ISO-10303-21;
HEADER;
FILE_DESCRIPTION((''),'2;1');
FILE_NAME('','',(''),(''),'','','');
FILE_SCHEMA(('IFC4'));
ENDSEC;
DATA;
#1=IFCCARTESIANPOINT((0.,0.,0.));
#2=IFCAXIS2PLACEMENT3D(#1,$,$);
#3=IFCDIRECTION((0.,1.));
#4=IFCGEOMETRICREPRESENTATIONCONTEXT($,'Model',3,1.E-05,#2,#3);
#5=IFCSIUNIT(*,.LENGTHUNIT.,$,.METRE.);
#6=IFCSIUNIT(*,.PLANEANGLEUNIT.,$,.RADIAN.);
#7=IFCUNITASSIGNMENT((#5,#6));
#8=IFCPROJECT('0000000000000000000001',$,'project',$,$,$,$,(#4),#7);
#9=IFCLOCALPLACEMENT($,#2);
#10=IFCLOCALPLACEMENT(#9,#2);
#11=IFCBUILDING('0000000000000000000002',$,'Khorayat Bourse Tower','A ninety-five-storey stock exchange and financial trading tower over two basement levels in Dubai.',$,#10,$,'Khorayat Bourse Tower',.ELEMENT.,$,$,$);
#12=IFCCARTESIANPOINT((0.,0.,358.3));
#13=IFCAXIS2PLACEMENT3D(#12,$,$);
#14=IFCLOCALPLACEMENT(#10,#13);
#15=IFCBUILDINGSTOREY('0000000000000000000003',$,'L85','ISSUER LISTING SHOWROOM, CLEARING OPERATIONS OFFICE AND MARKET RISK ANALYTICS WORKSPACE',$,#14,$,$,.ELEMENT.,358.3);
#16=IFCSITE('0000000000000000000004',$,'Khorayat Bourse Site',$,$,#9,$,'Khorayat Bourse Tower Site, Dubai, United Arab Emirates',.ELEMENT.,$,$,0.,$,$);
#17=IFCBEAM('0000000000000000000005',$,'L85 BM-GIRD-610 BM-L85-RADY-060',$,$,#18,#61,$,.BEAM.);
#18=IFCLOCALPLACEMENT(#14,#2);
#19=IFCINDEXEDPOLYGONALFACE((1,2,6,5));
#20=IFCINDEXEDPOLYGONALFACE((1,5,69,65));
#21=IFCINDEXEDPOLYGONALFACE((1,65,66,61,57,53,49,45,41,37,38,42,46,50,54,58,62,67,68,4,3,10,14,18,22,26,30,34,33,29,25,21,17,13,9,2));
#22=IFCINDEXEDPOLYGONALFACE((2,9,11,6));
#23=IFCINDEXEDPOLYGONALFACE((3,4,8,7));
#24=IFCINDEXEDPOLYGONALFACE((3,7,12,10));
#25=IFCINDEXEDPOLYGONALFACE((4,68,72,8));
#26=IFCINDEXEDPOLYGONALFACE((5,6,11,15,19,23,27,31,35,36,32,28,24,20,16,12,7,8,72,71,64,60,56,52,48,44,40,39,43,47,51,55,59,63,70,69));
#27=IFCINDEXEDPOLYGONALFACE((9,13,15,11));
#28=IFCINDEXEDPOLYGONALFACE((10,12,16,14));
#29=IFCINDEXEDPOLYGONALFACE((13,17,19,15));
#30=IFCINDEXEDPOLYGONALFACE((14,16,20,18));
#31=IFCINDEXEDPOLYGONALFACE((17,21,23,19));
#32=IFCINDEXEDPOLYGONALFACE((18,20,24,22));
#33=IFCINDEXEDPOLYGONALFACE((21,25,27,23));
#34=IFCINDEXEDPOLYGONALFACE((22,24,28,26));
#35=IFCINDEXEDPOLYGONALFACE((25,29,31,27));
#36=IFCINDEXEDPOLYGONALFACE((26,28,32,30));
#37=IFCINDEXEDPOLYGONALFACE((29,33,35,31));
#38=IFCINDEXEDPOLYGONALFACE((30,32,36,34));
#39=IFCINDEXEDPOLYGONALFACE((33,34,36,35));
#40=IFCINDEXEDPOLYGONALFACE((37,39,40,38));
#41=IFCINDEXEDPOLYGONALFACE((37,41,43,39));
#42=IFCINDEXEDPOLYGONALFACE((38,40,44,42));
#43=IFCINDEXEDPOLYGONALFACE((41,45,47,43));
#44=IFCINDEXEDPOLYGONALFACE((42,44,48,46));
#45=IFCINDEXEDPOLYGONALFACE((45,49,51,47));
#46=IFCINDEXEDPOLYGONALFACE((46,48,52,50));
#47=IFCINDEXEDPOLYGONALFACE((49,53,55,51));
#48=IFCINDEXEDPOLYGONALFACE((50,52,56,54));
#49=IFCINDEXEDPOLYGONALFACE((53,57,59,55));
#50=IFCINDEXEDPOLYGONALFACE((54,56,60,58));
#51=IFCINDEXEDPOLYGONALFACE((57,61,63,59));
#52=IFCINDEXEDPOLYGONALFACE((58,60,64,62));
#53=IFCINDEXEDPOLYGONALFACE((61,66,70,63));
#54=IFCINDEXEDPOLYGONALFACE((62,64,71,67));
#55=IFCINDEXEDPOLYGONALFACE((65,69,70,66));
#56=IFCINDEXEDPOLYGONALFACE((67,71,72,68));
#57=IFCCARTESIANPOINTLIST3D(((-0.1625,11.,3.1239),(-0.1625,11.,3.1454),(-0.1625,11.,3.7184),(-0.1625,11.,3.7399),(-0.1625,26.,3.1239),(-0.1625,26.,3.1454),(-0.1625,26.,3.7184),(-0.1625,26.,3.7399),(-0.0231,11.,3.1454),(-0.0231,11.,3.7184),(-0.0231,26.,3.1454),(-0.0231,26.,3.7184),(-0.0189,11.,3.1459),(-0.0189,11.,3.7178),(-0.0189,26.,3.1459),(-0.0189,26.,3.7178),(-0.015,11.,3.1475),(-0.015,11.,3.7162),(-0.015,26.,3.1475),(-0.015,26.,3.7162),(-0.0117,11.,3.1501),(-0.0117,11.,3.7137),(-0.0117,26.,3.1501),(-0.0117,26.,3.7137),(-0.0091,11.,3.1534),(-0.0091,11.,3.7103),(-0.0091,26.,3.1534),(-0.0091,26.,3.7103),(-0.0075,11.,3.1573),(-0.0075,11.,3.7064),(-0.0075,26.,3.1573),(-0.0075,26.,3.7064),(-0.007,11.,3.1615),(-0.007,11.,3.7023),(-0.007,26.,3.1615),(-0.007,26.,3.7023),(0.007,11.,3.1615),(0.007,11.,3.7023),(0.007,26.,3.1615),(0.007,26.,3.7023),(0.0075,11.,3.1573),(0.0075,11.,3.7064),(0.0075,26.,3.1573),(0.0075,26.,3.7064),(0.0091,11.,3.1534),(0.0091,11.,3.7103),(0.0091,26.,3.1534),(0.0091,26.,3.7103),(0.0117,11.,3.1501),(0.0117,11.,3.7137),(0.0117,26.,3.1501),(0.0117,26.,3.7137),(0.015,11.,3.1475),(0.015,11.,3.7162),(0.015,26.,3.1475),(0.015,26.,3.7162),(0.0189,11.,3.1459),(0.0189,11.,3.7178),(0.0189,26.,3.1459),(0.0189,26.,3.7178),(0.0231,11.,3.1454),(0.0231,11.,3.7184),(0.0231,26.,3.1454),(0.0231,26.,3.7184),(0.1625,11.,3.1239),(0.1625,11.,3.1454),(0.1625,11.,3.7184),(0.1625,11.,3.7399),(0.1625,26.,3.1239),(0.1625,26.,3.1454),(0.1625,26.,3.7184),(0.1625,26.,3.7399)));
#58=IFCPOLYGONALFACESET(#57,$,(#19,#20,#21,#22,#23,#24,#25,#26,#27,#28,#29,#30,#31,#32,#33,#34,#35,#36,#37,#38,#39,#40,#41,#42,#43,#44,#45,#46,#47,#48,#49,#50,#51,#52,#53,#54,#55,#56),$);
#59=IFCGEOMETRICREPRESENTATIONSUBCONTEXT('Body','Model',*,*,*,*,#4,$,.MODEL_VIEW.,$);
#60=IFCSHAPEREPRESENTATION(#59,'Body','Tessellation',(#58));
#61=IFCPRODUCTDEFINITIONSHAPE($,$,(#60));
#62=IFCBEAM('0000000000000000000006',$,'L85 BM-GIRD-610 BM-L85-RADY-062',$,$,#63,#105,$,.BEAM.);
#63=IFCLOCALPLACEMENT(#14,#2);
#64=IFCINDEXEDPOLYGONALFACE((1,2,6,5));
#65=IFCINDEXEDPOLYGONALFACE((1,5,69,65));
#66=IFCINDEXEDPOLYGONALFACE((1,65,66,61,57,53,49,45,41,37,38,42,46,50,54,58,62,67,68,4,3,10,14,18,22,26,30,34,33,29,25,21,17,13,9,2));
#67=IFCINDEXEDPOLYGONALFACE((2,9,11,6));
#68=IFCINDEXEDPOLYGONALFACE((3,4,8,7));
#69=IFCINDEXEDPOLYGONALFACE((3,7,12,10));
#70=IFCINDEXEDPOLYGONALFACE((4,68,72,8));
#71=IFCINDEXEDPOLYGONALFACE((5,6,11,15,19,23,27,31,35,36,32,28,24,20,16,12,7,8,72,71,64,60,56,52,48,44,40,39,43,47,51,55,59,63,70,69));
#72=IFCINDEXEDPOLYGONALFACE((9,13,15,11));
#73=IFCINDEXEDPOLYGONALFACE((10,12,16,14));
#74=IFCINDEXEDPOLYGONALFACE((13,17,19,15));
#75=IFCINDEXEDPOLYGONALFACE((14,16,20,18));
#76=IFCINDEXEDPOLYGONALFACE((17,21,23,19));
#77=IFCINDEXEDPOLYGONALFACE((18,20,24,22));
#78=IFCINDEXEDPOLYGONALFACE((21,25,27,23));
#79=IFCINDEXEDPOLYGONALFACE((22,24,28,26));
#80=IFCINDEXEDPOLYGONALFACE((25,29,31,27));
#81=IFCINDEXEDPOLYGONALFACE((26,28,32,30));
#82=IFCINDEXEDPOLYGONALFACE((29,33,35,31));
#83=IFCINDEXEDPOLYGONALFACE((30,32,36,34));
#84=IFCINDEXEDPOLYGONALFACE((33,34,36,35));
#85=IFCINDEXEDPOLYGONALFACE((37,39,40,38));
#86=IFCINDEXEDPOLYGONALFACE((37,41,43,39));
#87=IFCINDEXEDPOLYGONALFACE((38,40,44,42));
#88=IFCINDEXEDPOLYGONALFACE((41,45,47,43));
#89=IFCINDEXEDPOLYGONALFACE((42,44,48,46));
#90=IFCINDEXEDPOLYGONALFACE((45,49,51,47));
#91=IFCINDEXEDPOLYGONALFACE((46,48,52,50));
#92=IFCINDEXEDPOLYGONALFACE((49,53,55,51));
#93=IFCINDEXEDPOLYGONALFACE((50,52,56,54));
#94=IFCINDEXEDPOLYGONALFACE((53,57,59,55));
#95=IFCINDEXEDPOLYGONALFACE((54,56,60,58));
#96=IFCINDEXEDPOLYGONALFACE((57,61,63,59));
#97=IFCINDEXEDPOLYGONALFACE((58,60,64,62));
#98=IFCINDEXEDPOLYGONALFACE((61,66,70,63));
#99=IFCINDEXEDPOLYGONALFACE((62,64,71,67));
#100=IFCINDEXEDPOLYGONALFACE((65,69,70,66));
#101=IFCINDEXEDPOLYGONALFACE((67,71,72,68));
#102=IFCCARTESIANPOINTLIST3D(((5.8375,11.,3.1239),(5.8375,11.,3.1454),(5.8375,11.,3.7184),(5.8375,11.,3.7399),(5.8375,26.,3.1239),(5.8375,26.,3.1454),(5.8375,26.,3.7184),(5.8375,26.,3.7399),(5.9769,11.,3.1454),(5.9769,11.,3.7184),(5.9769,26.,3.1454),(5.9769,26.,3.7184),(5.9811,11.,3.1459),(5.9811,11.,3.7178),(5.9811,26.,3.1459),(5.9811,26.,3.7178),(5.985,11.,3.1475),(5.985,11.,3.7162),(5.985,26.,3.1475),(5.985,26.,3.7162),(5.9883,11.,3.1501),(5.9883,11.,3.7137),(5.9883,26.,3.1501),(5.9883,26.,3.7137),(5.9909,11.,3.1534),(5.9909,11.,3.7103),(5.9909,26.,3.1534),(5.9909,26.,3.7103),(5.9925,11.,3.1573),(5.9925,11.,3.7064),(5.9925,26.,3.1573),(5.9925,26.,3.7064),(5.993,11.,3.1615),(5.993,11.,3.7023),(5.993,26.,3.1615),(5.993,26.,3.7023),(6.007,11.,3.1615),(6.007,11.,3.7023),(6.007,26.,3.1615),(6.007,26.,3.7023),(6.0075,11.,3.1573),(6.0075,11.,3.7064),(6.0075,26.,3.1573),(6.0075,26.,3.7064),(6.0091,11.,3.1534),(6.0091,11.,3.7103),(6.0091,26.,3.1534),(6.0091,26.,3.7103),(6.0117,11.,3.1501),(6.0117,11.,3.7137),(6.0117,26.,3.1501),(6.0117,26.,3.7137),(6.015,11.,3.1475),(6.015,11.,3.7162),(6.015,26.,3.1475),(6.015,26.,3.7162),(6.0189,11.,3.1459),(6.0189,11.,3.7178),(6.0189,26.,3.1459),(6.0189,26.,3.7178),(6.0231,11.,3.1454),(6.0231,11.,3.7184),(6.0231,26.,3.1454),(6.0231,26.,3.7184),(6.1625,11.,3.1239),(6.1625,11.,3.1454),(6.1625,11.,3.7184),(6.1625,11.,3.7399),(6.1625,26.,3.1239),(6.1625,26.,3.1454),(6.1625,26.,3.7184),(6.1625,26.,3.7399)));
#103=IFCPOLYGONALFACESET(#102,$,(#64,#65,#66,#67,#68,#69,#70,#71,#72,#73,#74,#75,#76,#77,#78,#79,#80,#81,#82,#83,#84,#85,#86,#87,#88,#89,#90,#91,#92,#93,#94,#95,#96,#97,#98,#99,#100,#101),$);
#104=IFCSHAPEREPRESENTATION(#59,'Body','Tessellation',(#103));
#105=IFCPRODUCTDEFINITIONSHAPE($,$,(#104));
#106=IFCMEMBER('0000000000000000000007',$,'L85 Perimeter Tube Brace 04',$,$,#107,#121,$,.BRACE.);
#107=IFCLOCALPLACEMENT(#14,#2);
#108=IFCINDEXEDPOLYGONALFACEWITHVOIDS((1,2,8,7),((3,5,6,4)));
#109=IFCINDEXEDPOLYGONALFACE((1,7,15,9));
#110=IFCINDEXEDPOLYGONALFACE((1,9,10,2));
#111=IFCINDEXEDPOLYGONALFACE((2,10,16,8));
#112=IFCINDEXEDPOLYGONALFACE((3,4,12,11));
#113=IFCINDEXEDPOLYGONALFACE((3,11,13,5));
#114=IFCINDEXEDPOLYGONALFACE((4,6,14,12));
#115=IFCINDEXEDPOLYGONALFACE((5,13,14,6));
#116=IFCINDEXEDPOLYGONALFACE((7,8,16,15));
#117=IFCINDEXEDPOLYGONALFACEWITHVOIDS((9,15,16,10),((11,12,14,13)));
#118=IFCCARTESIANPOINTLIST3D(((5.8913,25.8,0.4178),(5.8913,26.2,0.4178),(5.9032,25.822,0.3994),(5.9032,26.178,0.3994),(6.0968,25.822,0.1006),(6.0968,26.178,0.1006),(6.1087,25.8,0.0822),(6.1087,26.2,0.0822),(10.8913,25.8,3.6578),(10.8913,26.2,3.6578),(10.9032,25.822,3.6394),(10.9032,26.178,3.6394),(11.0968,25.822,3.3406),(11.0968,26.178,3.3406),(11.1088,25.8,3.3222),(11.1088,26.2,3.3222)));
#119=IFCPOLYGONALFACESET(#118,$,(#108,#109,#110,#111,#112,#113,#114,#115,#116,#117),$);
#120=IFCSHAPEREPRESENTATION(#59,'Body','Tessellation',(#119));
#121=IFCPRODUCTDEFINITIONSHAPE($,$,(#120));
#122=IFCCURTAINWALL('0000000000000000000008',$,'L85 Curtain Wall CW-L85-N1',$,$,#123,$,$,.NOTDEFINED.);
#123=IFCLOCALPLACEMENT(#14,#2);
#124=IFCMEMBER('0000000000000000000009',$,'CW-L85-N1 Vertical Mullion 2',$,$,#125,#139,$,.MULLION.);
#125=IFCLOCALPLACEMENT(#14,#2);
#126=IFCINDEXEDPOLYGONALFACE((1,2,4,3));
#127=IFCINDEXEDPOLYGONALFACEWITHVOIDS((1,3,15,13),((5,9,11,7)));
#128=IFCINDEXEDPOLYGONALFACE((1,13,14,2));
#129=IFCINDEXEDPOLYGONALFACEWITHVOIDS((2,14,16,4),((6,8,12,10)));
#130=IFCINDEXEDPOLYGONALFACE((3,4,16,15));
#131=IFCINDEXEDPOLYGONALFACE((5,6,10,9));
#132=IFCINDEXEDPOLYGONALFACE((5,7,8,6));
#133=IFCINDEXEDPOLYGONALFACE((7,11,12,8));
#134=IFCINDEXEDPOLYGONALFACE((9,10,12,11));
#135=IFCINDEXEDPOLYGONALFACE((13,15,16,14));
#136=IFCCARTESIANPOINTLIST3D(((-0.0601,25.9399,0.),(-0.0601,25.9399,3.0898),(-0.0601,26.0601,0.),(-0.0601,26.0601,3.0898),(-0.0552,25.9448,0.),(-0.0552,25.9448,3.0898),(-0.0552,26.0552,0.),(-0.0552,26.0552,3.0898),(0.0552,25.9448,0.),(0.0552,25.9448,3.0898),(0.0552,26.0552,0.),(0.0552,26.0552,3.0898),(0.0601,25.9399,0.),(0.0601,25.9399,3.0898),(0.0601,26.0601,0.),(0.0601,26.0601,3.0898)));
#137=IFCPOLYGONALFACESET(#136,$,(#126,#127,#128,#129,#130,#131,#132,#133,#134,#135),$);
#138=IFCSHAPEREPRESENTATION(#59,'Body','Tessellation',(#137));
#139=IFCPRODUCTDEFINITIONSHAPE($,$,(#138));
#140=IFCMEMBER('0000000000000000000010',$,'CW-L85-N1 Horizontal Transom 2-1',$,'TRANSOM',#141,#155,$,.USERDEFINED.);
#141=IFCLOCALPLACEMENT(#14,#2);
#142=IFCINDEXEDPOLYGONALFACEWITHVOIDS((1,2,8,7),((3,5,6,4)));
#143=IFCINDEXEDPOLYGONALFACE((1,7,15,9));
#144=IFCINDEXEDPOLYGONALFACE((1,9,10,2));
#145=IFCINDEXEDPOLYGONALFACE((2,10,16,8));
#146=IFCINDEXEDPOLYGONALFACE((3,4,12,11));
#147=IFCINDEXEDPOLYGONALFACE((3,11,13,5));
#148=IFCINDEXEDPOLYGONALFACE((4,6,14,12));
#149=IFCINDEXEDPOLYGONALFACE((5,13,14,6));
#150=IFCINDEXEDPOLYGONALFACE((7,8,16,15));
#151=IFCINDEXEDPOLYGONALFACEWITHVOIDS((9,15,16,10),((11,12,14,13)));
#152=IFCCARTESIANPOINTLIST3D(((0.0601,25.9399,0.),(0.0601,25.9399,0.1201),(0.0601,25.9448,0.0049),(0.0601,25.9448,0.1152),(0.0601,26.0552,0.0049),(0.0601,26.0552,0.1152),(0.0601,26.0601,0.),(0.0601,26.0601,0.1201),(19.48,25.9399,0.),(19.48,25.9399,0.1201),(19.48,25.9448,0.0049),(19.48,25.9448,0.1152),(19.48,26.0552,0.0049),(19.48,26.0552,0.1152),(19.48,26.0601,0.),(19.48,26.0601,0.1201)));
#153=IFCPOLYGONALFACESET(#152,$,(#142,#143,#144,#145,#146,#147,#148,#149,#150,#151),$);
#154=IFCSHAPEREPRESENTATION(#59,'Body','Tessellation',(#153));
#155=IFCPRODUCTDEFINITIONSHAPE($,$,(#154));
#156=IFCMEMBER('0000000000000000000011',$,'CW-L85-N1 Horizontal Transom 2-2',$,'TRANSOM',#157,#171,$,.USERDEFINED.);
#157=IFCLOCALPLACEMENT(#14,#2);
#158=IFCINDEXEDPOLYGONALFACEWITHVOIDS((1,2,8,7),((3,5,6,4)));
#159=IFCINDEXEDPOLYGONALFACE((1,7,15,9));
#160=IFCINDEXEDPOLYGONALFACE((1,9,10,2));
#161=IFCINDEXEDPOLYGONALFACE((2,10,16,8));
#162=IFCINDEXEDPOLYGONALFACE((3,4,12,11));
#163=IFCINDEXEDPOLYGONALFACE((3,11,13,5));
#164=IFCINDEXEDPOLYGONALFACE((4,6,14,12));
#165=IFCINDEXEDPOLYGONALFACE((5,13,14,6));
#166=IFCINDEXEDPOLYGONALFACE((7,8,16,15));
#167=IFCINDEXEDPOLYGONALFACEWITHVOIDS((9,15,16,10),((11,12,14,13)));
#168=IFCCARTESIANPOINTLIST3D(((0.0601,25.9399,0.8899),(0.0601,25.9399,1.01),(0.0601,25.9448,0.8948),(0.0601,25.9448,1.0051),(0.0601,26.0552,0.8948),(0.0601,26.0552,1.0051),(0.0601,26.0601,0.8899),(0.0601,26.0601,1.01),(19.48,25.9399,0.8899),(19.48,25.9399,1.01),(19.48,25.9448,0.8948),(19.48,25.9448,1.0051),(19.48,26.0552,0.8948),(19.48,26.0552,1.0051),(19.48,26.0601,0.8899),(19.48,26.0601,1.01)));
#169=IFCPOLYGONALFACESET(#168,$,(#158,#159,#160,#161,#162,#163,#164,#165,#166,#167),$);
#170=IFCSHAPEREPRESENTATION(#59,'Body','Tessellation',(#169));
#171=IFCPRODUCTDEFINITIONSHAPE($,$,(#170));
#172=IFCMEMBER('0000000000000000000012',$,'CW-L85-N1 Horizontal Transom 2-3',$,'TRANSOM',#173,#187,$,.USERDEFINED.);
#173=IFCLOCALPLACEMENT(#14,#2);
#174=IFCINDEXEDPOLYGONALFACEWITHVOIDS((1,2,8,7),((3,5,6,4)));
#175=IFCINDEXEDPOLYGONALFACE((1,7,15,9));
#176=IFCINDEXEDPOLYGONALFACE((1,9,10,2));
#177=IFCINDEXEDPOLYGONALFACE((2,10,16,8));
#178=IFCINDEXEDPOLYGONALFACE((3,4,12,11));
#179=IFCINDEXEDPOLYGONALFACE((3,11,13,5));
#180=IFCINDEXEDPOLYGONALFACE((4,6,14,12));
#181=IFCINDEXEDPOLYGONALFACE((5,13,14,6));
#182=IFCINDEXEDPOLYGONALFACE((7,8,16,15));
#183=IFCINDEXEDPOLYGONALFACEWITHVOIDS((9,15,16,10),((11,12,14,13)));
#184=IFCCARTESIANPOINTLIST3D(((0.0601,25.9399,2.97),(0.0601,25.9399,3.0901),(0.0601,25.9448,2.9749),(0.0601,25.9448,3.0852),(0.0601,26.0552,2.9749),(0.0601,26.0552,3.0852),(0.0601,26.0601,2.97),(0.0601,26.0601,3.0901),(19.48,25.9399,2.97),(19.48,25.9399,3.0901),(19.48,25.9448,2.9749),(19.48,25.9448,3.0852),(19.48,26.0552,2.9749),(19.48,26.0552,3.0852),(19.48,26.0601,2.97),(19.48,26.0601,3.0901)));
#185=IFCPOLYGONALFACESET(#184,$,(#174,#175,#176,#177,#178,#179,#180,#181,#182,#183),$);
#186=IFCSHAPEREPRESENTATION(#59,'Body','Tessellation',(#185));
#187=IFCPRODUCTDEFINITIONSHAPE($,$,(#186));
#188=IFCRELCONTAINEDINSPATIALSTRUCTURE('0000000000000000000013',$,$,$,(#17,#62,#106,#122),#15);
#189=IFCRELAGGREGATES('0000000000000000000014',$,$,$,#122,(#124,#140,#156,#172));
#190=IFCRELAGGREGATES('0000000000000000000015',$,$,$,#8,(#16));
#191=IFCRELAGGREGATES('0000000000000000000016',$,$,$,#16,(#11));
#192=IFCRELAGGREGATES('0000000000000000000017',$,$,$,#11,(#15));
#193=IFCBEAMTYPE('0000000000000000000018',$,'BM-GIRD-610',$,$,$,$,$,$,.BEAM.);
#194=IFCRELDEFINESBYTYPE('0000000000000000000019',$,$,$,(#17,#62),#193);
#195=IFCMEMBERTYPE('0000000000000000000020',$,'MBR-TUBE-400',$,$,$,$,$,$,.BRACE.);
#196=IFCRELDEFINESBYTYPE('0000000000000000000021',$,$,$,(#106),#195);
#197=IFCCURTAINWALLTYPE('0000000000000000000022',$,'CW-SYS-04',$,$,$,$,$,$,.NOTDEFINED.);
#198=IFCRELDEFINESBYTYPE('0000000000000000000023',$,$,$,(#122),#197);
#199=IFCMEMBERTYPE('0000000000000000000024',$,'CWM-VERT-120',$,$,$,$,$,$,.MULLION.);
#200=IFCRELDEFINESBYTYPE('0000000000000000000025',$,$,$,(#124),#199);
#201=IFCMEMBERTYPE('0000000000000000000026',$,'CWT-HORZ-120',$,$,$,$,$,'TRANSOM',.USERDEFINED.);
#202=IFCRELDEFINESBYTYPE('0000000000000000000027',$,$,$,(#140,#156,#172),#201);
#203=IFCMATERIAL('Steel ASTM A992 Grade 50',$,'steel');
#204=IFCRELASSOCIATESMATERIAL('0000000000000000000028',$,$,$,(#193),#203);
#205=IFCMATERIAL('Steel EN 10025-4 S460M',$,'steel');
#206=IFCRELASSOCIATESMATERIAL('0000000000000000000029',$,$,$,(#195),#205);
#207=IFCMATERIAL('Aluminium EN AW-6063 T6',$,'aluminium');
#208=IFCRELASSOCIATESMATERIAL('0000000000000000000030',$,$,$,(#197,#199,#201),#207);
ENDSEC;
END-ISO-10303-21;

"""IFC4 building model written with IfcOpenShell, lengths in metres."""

from ifc_helpers import new_model, si_unit, direction, frame, origin, origin_2d, place, context, subcontext, project, spatial, hollow_rectangle, i_section, extrude, source, transform, mapped, material, material_profile, profile_set, type_object, element, aggregate, save


model = new_model("IFC4")

# Units and contexts
model_context = context("Model", 3, precision=1e-05, world=origin(), true_north=direction((0.0, 1.0)))
body_context = subcontext(model_context, "Body", "Model", "MODEL_VIEW")
ifc_project = project(units=[si_unit("LENGTHUNIT", "METRE"), si_unit("PLANEANGLEUNIT", "RADIAN")], contexts=[model_context])

# Site, building, storey
site_placement = place(None, origin())
site = spatial("IfcSite", under=ifc_project, at=site_placement, Name="Khorayat Bourse Site", LongName="Khorayat Bourse Tower Site, Dubai, United Arab Emirates", CompositionType="ELEMENT", RefElevation=0.0)
building_placement = place(site_placement, origin())
building = spatial("IfcBuilding", under=site, at=building_placement, Name="Khorayat Bourse Tower", Description="A ninety-five-storey stock exchange and financial trading tower over two basement levels in Dubai.", LongName="Khorayat Bourse Tower", CompositionType="ELEMENT")
storey_placement = place(building_placement, frame((0.0, 0.0, 358.3)))
storey = spatial("IfcBuildingStorey", under=building, at=storey_placement, Name="L85", Description="ISSUER LISTING SHOWROOM, CLEARING OPERATIONS OFFICE AND MARKET RISK ANALYTICS WORKSPACE", CompositionType="ELEMENT", Elevation=358.3)

# Beams
ifc_material_1 = material(Name="Steel ASTM A992 Grade 50", Category="steel")
ifc_material_profile_1 = material_profile(ifc_material_1, i_section(OverallWidth=0.325, OverallDepth=0.616, WebThickness=0.0139, FlangeThickness=0.0215, FilletRadius=0.0161, at=origin_2d()), Name="W610X174")
ifc_profile_set_1 = profile_set([ifc_material_profile_1], Name="Steel ASTM A992 Grade 50")
beam_type_1 = type_object("IfcBeamType", Name="BM-GIRD-610", PredefinedType="BEAM", material=ifc_profile_set_1)
shared_shape_1 = source(origin(), body_context, "Body", "SweptSolid", [
    extrude(i_section(OverallWidth=0.325, OverallDepth=0.616, WebThickness=0.0139, FlangeThickness=0.0215, FilletRadius=0.0161, at=origin_2d()), origin(), (0.0, 0.0, 1.0), 15.0),
])
for number, where, z_axis, x_axis, name in (
    (1, (0.0, 11.0, 3.4319), (0.0, 1.0, 0.0), (-1.0, 0.0, 0.0), "L85 BM-GIRD-610 BM-L85-RADY-060"),
    (2, (6.0, 11.0, 3.4319), (0.0, 1.0, 0.0), (-1.0, 0.0, 0.0), "L85 BM-GIRD-610 BM-L85-RADY-062"),
):
    element("IfcBeam", number, at=place(storey_placement, frame(where, z_axis=z_axis, x_axis=x_axis)), inside=storey, type_object=beam_type_1, Name=name, PredefinedType="BEAM", context=body_context, shape_type="MappedRepresentation", body=[
        mapped(shared_shape_1, transform((0.0, 0.0, 0.0), scale=1.0)),
    ])

# Member
ifc_material_2 = material(Name="Steel EN 10025-4 S460M", Category="steel")
ifc_material_profile_2 = material_profile(ifc_material_2, hollow_rectangle(XDim=0.3999, YDim=0.3999, WallThickness=0.022, at=origin_2d()), Name="HSS 400x400x22")
ifc_profile_set_2 = profile_set([ifc_material_profile_2], Name="Steel EN 10025-4 S460M")
member_type_1 = type_object("IfcMemberType", Name="MBR-TUBE-400", PredefinedType="BRACE", material=ifc_profile_set_2)
shared_shape_2 = source(origin(), body_context, "Body", "SweptSolid", [
    extrude(hollow_rectangle(XDim=0.3999, YDim=0.3999, WallThickness=0.022, at=origin_2d()), origin(), (0.0, 0.0, 1.0), 5.958),
])
member_1_placement = place(storey_placement, frame((6.0, 26.0, 0.25), z_axis=(0.83921, 0.0, 0.543807), x_axis=(0.0, 1.0, 0.0)))
element("IfcMember", 3, at=member_1_placement, inside=storey, type_object=member_type_1, Name="L85 Perimeter Tube Brace 04", PredefinedType="BRACE", context=body_context, shape_type="MappedRepresentation", body=[
    mapped(shared_shape_2, transform((0.0, 0.0, 0.0), scale=1.0)),
])

# Curtain wall, members
ifc_material_3 = material(Name="Aluminium EN AW-6063 T6", Category="aluminium")
curtain_wall_type = type_object("IfcCurtainWallType", Name="CW-SYS-04", PredefinedType="NOTDEFINED", material=ifc_material_3)
curtain_wall_placement = place(storey_placement, origin())
curtain_wall = element("IfcCurtainWall", 4, at=curtain_wall_placement, inside=storey, type_object=curtain_wall_type, Name="L85 Curtain Wall CW-L85-N1", PredefinedType="NOTDEFINED")
ifc_material_profile_3 = material_profile(ifc_material_3, hollow_rectangle(XDim=0.1201, YDim=0.1201, WallThickness=0.0049, at=origin_2d()), Name="ALU 120x120x5")
ifc_profile_set_3 = profile_set([ifc_material_profile_3], Name="Aluminium EN AW-6063 T6")
member_type_2 = type_object("IfcMemberType", Name="CWM-VERT-120", PredefinedType="MULLION", material=ifc_profile_set_3)
shared_shape_3 = source(origin(), body_context, "Body", "SweptSolid", [
    extrude(hollow_rectangle(XDim=0.1201, YDim=0.1201, WallThickness=0.0049, at=origin_2d()), origin(), (0.0, 0.0, 1.0), 3.0898),
])
member_2_placement = place(storey_placement, frame((0.0, 26.0, 0.0), z_axis=(0.0, 0.0, 1.0), x_axis=(0.0, 1.0, 0.0)))
member_2 = element("IfcMember", 5, at=member_2_placement, type_object=member_type_2, Name="CW-L85-N1 Vertical Mullion 2", PredefinedType="MULLION", context=body_context, shape_type="MappedRepresentation", body=[
    mapped(shared_shape_3, transform((0.0, 0.0, 0.0), scale=1.0)),
])
ifc_material_profile_4 = material_profile(ifc_material_3, hollow_rectangle(XDim=0.1201, YDim=0.1201, WallThickness=0.0049, at=origin_2d()), Name="ALU 120x120x5")
ifc_profile_set_4 = profile_set([ifc_material_profile_4], Name="Aluminium EN AW-6063 T6")
member_type_3 = type_object("IfcMemberType", Name="CWT-HORZ-120", ElementType="TRANSOM", PredefinedType="USERDEFINED", material=ifc_profile_set_4)
shared_shape_4 = source(origin(), body_context, "Body", "SweptSolid", [
    extrude(hollow_rectangle(XDim=0.1201, YDim=0.1201, WallThickness=0.0049, at=origin_2d()), origin(), (0.0, 0.0, 1.0), 19.4199),
])
member_3_placement = place(storey_placement, frame((0.0601, 26.0, 0.0601), z_axis=(1.0, 0.0, 0.0), x_axis=(0.0, 1.0, 0.0)))
member_3 = element("IfcMember", 6, at=member_3_placement, type_object=member_type_3, Name="CW-L85-N1 Horizontal Transom 2-1", ObjectType="TRANSOM", PredefinedType="USERDEFINED", context=body_context, shape_type="MappedRepresentation", body=[
    mapped(shared_shape_4, transform((0.0, 0.0, 0.0), scale=1.0)),
])
member_4_placement = place(storey_placement, frame((0.0601, 26.0, 0.95), z_axis=(1.0, 0.0, 0.0), x_axis=(0.0, 1.0, 0.0)))
member_4 = element("IfcMember", 7, at=member_4_placement, type_object=member_type_3, Name="CW-L85-N1 Horizontal Transom 2-2", ObjectType="TRANSOM", PredefinedType="USERDEFINED", context=body_context, shape_type="MappedRepresentation", body=[
    mapped(shared_shape_4, transform((0.0, 0.0, 0.0), scale=1.0)),
])
member_5_placement = place(storey_placement, frame((0.0601, 26.0, 3.03), z_axis=(1.0, 0.0, 0.0), x_axis=(0.0, 1.0, 0.0)))
member_5 = element("IfcMember", 8, at=member_5_placement, type_object=member_type_3, Name="CW-L85-N1 Horizontal Transom 2-3", ObjectType="TRANSOM", PredefinedType="USERDEFINED", context=body_context, shape_type="MappedRepresentation", body=[
    mapped(shared_shape_4, transform((0.0, 0.0, 0.0), scale=1.0)),
])

aggregate(curtain_wall, [member_2, member_3, member_4, member_5])

save(model, "model.ifc")
